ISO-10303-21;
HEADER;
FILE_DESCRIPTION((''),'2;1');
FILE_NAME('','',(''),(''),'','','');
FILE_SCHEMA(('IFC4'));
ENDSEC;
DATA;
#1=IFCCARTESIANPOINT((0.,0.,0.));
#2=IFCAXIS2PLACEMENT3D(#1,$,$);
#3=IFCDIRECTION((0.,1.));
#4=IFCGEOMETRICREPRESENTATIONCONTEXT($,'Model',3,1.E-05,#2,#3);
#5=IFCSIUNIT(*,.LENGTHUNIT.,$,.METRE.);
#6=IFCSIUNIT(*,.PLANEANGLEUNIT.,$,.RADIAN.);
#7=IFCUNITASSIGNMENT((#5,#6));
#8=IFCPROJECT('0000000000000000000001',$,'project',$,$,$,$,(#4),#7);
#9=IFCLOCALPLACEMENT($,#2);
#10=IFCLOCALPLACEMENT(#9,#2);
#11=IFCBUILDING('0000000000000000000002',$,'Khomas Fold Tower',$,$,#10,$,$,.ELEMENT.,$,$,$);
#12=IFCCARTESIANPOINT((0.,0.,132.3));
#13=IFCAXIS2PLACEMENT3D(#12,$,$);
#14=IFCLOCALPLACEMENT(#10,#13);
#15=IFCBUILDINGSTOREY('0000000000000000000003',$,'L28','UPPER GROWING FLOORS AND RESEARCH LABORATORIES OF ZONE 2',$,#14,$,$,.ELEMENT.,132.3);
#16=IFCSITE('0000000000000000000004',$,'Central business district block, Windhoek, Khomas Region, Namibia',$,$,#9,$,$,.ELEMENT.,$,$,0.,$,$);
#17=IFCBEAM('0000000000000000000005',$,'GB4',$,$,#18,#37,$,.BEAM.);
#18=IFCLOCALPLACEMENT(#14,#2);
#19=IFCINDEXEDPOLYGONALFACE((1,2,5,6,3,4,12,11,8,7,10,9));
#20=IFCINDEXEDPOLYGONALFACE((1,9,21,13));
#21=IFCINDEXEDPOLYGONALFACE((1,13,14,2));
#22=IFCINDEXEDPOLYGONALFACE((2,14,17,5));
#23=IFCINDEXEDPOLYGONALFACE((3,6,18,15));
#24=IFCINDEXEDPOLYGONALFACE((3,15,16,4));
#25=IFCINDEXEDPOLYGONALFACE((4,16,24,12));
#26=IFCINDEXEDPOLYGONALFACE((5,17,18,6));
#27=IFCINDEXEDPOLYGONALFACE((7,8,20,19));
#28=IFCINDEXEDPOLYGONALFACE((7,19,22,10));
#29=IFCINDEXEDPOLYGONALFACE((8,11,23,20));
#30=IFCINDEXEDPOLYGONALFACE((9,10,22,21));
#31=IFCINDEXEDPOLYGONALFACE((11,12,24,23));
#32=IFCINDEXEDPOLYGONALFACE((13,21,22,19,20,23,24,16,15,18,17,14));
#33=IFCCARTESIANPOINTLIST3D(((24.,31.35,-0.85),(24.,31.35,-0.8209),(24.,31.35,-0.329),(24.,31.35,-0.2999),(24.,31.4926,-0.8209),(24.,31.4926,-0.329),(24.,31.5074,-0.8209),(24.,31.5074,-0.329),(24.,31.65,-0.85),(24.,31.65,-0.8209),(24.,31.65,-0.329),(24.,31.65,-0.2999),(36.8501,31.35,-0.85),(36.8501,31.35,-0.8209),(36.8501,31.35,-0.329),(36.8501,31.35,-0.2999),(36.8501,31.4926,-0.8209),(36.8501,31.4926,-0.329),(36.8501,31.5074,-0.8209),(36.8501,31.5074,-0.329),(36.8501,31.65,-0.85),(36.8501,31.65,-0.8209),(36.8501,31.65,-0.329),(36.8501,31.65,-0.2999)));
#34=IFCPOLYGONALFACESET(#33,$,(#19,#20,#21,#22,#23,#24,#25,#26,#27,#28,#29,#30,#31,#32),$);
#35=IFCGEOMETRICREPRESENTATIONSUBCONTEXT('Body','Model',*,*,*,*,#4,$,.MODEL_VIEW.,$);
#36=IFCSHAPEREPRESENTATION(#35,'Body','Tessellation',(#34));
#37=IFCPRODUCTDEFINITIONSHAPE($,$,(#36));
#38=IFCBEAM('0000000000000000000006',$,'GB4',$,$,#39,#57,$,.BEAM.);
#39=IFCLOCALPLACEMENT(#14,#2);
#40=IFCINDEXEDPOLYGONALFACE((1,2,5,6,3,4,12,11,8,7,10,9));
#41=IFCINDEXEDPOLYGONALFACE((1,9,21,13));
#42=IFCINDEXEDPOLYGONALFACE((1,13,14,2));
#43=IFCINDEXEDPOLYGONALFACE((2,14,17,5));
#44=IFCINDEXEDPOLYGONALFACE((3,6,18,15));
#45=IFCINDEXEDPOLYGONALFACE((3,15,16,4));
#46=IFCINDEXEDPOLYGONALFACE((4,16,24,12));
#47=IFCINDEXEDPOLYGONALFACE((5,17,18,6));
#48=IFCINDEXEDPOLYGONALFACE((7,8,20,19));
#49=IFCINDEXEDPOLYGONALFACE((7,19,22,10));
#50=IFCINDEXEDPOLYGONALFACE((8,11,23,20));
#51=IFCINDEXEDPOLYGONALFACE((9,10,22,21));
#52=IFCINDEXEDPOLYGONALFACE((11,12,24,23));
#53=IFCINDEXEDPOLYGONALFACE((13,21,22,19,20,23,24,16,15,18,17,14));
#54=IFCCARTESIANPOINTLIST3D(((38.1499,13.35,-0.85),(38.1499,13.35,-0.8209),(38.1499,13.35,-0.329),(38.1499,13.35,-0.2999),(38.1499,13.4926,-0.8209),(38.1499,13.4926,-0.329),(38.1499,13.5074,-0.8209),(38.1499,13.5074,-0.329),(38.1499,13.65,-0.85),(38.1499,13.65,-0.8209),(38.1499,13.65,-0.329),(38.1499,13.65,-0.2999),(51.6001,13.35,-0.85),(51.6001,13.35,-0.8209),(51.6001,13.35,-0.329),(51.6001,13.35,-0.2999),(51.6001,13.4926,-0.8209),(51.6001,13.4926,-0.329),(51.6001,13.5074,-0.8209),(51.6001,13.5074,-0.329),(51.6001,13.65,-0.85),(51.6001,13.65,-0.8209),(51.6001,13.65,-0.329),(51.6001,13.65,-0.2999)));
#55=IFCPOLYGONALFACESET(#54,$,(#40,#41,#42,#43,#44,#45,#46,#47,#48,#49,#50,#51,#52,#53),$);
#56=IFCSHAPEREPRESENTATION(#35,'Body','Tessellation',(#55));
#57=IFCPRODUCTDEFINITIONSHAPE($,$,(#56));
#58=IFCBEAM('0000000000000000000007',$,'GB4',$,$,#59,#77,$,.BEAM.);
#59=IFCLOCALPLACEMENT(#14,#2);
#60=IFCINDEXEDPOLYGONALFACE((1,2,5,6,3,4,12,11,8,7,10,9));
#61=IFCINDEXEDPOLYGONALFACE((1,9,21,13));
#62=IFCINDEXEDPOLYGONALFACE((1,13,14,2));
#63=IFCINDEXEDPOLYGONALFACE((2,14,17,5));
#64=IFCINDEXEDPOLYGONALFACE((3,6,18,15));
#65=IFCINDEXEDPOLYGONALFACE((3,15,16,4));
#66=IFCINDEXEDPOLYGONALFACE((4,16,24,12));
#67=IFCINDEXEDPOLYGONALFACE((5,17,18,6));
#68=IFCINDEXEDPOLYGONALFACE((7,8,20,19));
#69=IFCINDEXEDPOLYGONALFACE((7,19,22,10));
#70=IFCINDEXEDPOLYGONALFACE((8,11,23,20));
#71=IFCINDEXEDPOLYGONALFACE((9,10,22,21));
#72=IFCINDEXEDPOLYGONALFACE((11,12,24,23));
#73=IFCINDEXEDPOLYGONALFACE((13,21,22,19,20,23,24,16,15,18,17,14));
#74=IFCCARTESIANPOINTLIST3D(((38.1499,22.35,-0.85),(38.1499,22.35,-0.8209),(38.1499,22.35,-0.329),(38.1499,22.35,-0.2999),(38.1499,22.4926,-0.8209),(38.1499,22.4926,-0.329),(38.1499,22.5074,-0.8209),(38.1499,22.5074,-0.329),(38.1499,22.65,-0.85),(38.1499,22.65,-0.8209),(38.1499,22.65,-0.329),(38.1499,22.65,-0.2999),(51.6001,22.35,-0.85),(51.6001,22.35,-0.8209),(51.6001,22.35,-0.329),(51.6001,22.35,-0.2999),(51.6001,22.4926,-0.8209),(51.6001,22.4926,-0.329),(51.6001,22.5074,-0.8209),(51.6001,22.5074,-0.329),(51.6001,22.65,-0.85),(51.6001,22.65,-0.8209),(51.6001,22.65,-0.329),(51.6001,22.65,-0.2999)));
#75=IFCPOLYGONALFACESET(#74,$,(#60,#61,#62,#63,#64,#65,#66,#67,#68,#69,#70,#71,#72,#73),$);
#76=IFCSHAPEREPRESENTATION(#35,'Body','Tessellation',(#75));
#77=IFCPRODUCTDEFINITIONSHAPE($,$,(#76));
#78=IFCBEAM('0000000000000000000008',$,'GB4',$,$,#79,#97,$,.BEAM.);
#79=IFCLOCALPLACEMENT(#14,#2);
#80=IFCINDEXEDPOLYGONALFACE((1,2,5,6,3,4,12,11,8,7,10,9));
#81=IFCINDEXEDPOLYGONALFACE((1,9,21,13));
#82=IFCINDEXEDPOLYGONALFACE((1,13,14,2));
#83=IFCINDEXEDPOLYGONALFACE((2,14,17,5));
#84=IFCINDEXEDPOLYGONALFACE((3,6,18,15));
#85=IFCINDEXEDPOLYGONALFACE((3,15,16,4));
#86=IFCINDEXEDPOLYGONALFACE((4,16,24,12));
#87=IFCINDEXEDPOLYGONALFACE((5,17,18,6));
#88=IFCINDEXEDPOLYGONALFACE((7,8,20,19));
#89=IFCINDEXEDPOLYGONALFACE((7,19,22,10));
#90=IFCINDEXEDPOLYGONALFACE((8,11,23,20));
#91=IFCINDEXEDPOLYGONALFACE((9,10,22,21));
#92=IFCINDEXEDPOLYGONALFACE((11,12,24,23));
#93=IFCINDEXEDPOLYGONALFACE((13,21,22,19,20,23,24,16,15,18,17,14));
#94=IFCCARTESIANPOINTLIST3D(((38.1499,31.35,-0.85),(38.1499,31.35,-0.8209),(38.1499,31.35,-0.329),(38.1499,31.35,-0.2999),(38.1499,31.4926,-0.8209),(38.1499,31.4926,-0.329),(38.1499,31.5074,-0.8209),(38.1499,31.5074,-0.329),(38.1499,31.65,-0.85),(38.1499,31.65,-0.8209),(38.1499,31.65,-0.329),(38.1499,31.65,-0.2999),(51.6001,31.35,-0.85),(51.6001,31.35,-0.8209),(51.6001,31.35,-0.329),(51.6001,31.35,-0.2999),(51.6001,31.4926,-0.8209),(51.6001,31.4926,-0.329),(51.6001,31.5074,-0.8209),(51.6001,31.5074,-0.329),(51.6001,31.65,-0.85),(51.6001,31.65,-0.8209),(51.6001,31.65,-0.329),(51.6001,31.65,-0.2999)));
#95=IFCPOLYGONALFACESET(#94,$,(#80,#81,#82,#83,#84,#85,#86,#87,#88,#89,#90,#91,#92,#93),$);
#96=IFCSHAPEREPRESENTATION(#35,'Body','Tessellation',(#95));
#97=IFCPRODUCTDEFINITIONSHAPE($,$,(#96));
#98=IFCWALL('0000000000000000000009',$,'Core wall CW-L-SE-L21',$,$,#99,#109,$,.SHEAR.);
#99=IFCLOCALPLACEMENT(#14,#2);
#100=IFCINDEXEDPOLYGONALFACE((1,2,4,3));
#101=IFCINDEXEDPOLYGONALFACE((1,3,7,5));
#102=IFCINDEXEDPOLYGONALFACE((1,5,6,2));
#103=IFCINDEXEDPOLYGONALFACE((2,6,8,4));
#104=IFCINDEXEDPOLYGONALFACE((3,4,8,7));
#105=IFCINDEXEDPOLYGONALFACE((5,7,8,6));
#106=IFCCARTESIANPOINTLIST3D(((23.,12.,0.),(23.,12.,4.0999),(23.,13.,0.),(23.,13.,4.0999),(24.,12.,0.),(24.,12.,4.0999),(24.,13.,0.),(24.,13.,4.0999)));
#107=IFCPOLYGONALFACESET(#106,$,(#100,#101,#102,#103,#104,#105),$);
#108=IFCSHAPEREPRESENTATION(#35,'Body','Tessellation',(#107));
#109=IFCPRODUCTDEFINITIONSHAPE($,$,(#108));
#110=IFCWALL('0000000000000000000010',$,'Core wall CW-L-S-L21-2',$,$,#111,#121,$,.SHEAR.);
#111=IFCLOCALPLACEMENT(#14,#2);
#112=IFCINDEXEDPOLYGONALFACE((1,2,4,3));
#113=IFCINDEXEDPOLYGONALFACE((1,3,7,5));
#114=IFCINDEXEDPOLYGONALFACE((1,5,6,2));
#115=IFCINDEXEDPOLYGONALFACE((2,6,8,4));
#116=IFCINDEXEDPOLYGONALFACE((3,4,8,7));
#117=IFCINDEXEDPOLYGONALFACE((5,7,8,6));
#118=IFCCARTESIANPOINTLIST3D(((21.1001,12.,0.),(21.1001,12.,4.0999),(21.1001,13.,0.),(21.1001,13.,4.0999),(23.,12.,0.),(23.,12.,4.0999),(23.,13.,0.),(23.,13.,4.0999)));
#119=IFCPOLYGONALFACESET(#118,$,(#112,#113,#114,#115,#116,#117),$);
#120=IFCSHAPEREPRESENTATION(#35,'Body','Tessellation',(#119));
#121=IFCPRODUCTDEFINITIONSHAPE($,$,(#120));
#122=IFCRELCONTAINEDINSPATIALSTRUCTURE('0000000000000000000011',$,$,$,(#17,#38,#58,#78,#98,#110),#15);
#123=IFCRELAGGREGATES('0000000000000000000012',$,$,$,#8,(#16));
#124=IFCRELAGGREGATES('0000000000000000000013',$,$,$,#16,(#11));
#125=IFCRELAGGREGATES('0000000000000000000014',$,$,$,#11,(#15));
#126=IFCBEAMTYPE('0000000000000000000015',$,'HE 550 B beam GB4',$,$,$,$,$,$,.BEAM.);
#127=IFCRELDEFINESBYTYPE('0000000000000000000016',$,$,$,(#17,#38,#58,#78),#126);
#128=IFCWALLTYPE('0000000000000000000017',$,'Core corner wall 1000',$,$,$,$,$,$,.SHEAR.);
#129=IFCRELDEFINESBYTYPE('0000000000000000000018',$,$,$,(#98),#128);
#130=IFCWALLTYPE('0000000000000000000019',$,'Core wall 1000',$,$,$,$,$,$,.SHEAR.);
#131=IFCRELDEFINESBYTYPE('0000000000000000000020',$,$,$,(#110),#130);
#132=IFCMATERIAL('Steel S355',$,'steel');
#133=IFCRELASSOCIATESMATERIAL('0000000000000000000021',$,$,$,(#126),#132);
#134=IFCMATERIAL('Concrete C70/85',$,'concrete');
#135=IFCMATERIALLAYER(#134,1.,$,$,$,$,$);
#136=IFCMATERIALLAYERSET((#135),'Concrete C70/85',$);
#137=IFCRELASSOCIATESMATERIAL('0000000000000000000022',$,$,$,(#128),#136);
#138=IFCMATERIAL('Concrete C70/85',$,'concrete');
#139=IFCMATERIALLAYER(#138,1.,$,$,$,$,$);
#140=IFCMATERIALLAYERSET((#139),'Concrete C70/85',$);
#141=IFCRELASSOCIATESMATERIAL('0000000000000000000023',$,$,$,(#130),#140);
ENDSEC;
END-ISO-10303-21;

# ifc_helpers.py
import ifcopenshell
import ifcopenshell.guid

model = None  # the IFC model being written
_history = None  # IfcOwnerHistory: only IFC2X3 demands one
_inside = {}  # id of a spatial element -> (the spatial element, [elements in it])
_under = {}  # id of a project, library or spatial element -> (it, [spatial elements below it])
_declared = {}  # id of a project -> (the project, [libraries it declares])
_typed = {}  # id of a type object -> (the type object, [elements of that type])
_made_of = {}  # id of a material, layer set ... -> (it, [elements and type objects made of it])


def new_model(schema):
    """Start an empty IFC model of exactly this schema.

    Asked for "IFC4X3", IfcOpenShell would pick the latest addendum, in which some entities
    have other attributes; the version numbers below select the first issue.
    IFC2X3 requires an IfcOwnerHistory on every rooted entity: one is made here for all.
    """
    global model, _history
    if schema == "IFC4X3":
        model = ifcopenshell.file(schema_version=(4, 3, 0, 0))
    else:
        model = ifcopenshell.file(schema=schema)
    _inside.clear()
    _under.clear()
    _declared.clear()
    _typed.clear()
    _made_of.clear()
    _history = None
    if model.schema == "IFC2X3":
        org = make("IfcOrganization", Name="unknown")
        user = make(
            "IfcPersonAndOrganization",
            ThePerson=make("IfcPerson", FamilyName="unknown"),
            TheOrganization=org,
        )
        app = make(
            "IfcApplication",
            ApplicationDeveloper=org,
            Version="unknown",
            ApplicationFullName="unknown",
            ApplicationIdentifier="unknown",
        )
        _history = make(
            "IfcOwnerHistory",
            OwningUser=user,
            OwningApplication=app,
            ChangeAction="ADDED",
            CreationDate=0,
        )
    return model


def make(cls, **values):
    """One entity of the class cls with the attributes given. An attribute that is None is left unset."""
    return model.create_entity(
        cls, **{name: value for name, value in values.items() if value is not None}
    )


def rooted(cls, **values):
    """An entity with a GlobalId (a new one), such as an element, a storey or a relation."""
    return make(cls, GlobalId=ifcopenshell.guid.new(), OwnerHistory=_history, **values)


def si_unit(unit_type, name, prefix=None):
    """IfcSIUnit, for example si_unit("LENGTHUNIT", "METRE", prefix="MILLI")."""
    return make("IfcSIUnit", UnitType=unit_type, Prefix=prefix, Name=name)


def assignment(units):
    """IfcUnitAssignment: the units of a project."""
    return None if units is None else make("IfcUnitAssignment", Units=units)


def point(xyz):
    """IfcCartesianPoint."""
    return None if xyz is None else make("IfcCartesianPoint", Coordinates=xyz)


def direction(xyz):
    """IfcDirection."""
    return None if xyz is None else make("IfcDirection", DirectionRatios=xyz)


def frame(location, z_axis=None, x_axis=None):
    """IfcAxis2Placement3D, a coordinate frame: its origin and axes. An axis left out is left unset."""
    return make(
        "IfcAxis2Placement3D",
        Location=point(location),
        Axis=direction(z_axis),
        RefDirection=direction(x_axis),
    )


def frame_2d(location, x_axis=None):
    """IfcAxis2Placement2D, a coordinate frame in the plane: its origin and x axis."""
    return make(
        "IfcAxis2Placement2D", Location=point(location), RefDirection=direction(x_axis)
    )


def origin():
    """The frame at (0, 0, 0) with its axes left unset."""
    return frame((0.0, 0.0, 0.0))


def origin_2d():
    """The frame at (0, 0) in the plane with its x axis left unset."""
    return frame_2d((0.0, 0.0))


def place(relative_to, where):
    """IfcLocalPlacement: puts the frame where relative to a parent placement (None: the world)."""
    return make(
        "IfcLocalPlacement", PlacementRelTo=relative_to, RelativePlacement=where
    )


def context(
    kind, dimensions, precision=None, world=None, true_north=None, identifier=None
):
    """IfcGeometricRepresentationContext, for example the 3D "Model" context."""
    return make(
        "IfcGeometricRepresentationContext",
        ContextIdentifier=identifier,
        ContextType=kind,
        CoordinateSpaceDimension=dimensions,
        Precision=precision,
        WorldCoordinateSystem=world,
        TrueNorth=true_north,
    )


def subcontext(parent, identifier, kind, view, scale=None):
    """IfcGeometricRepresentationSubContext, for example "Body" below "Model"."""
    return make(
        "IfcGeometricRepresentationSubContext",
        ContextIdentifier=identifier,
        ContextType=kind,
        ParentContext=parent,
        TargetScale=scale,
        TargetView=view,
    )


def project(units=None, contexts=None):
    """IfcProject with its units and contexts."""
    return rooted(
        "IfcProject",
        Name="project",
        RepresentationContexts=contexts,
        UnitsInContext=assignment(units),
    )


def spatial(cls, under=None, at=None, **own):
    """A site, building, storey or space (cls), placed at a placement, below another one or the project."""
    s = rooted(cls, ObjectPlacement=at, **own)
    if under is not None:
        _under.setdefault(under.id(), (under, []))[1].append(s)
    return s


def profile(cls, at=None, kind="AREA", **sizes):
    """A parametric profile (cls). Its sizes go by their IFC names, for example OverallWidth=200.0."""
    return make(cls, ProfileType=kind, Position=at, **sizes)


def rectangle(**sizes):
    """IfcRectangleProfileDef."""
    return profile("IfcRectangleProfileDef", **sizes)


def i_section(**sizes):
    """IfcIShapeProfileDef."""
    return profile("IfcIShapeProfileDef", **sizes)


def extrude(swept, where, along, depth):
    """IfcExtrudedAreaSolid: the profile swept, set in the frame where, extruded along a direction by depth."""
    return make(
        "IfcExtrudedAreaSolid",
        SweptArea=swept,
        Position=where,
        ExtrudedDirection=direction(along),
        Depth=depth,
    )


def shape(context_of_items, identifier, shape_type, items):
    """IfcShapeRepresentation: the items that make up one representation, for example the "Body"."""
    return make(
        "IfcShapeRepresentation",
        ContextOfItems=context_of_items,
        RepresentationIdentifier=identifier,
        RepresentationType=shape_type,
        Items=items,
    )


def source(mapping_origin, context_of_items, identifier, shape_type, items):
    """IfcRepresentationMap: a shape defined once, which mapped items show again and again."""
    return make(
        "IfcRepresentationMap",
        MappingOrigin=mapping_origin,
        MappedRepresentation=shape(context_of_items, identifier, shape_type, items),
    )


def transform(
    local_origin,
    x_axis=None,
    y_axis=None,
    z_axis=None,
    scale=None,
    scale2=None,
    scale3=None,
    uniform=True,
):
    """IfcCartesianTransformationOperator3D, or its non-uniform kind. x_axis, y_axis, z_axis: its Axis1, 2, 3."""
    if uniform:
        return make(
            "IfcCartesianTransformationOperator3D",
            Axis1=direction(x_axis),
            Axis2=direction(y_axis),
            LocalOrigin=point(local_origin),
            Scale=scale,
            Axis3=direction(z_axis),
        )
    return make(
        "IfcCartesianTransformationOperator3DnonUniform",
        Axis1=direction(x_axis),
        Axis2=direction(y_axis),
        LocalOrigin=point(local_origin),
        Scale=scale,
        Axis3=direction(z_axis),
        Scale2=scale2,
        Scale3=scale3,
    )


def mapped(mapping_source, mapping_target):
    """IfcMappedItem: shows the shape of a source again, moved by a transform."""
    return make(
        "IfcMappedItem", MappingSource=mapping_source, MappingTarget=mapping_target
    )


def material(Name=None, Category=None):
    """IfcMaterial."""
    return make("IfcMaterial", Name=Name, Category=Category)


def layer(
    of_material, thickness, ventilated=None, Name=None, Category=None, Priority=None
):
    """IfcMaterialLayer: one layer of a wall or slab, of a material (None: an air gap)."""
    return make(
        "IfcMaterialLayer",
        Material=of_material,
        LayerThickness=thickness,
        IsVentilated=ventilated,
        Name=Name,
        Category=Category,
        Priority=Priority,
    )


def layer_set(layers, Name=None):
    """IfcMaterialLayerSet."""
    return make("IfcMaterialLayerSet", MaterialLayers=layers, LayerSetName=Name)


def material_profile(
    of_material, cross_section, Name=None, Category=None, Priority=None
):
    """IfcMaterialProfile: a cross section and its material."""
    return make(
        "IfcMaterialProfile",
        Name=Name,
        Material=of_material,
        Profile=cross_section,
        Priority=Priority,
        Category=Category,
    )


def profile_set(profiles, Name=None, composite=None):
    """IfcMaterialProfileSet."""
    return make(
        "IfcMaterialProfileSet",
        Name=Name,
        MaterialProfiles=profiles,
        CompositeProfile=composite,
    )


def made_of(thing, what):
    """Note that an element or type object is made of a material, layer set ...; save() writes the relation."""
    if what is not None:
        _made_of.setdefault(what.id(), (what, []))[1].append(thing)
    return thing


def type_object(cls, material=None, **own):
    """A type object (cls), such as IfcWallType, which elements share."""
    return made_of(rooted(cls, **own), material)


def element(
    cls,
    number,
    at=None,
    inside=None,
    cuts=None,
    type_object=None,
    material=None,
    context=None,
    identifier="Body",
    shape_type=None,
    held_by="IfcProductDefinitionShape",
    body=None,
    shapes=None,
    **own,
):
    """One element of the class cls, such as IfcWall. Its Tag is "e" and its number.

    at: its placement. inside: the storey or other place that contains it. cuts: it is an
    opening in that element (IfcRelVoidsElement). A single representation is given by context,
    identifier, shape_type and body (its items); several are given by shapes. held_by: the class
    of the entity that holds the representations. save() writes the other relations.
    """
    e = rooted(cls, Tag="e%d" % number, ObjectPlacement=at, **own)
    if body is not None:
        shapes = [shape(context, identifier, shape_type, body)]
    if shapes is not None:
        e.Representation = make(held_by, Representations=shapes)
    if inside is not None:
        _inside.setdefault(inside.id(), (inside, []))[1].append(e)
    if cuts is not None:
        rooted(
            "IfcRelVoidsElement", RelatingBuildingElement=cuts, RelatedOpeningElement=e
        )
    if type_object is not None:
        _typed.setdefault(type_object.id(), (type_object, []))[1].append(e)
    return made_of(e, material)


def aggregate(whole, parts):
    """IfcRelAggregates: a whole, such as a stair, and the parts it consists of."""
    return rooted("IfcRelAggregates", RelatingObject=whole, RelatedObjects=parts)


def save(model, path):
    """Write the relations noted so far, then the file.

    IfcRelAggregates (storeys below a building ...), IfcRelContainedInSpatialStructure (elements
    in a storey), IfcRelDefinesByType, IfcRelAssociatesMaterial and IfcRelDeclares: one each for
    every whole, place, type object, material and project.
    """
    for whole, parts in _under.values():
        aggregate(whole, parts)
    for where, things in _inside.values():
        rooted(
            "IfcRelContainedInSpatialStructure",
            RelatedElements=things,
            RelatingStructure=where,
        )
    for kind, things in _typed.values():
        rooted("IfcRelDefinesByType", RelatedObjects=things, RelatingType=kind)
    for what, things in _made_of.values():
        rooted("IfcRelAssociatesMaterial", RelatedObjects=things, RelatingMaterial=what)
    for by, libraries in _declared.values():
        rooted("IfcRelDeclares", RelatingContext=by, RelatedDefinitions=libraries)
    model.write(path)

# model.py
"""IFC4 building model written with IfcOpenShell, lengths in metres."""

from ifc_helpers import new_model, si_unit, direction, frame, frame_2d, origin, origin_2d, place, context, subcontext, project, spatial, rectangle, i_section, extrude, source, transform, mapped, material, layer, layer_set, material_profile, profile_set, type_object, element, save


model = new_model("IFC4")

# Units and contexts
model_context = context("Model", 3, precision=1e-05, world=origin(), true_north=direction((0.0, 1.0)))
body_context = subcontext(model_context, "Body", "Model", "MODEL_VIEW")
ifc_project = project(units=[si_unit("LENGTHUNIT", "METRE"), si_unit("PLANEANGLEUNIT", "RADIAN")], contexts=[model_context])

# Site, building, storey
site_placement = place(None, origin())
site = spatial("IfcSite", under=ifc_project, at=site_placement, Name="Central business district block, Windhoek, Khomas Region, Namibia", CompositionType="ELEMENT", RefElevation=0.0)
building_placement = place(site_placement, origin())
building = spatial("IfcBuilding", under=site, at=building_placement, Name="Khomas Fold Tower", CompositionType="ELEMENT")
storey_placement = place(building_placement, frame((0.0, 0.0, 132.3)))
storey = spatial("IfcBuildingStorey", under=building, at=storey_placement, Name="L28", Description="UPPER GROWING FLOORS AND RESEARCH LABORATORIES OF ZONE 2", CompositionType="ELEMENT", Elevation=132.3)

# Beams
ifc_material_1 = material(Name="Steel S355", Category="steel")
ifc_material_profile_1 = material_profile(ifc_material_1, i_section(OverallWidth=0.3, OverallDepth=0.55, WebThickness=0.0149, FlangeThickness=0.0291, at=origin_2d()), Name="HE 550 B")
ifc_profile_set_1 = profile_set([ifc_material_profile_1], Name="Steel S355")
beam_type_1 = type_object("IfcBeamType", Name="HE 550 B beam GB4", PredefinedType="BEAM", material=ifc_profile_set_1)
shared_shape_1 = source(origin(), body_context, "Body", "SweptSolid", [
    extrude(i_section(OverallWidth=0.3, OverallDepth=0.55, WebThickness=0.0149, FlangeThickness=0.0291, at=origin_2d()), origin(), (0.0, 0.0, 1.0), 12.8501),
])
for number, where, z_axis, x_axis, name in (
    (1, (24.0, 31.5, -0.575), (1.0, 0.0, 0.0), (0.0, 1.0, 0.0), "GB4"),
):
    element("IfcBeam", number, at=place(storey_placement, frame(where, z_axis=z_axis, x_axis=x_axis)), inside=storey, type_object=beam_type_1, Name=name, PredefinedType="BEAM", context=body_context, shape_type="MappedRepresentation", body=[
        mapped(shared_shape_1, transform((0.0, 0.0, 0.0))),
    ])
shared_shape_2 = source(origin(), body_context, "Body", "SweptSolid", [
    extrude(i_section(OverallWidth=0.3, OverallDepth=0.55, WebThickness=0.0149, FlangeThickness=0.0291, at=origin_2d()), origin(), (0.0, 0.0, 1.0), 13.4502),
])
for number, where, z_axis, x_axis, name in (
    (2, (38.1499, 13.5, -0.575), (1.0, 0.0, 0.0), (0.0, 1.0, 0.0), "GB4"),
    (3, (38.1499, 22.5, -0.575), (1.0, 0.0, 0.0), (0.0, 1.0, 0.0), "GB4"),
    (4, (38.1499, 31.5, -0.575), (1.0, 0.0, 0.0), (0.0, 1.0, 0.0), "GB4"),
):
    element("IfcBeam", number, at=place(storey_placement, frame(where, z_axis=z_axis, x_axis=x_axis)), inside=storey, type_object=beam_type_1, Name=name, PredefinedType="BEAM", context=body_context, shape_type="MappedRepresentation", body=[
        mapped(shared_shape_2, transform((0.0, 0.0, 0.0))),
    ])

# Walls
ifc_material_2 = material(Name="Concrete C70/85", Category="concrete")
ifc_layer_1 = layer(ifc_material_2, 1.0)
ifc_layer_set_1 = layer_set([ifc_layer_1], Name="Concrete C70/85")
wall_type_1 = type_object("IfcWallType", Name="Core corner wall 1000", PredefinedType="SHEAR", material=ifc_layer_set_1)
shared_shape_3 = source(origin(), body_context, "Body", "SweptSolid", [
    extrude(rectangle(XDim=1.0, YDim=1.0, at=frame_2d((0.5, 0.0))), origin(), (0.0, 0.0, 1.0), 4.0999),
])
wall_1_placement = place(storey_placement, frame((23.0, 12.5, 0.0), z_axis=(0.0, 0.0, 1.0), x_axis=(1.0, 0.0, 0.0)))
element("IfcWall", 5, at=wall_1_placement, inside=storey, type_object=wall_type_1, Name="Core wall CW-L-SE-L21", PredefinedType="SHEAR", context=body_context, shape_type="MappedRepresentation", body=[
    mapped(shared_shape_3, transform((0.0, 0.0, 0.0))),
])
ifc_material_3 = material(Name="Concrete C70/85", Category="concrete")
ifc_layer_2 = layer(ifc_material_3, 1.0)
ifc_layer_set_2 = layer_set([ifc_layer_2], Name="Concrete C70/85")
wall_type_2 = type_object("IfcWallType", Name="Core wall 1000", PredefinedType="SHEAR", material=ifc_layer_set_2)
shared_shape_4 = source(origin(), body_context, "Body", "SweptSolid", [
    extrude(rectangle(XDim=1.8999, YDim=1.0, at=frame_2d((0.95, 0.0))), origin(), (0.0, 0.0, 1.0), 4.0999),
])
wall_2_placement = place(storey_placement, frame((21.1001, 12.5, 0.0), z_axis=(0.0, 0.0, 1.0), x_axis=(1.0, 0.0, 0.0)))
element("IfcWall", 6, at=wall_2_placement, inside=storey, type_object=wall_type_2, Name="Core wall CW-L-S-L21-2", PredefinedType="SHEAR", context=body_context, shape_type="MappedRepresentation", body=[
    mapped(shared_shape_4, transform((0.0, 0.0, 0.0))),
])

save(model, "model.ifc")
